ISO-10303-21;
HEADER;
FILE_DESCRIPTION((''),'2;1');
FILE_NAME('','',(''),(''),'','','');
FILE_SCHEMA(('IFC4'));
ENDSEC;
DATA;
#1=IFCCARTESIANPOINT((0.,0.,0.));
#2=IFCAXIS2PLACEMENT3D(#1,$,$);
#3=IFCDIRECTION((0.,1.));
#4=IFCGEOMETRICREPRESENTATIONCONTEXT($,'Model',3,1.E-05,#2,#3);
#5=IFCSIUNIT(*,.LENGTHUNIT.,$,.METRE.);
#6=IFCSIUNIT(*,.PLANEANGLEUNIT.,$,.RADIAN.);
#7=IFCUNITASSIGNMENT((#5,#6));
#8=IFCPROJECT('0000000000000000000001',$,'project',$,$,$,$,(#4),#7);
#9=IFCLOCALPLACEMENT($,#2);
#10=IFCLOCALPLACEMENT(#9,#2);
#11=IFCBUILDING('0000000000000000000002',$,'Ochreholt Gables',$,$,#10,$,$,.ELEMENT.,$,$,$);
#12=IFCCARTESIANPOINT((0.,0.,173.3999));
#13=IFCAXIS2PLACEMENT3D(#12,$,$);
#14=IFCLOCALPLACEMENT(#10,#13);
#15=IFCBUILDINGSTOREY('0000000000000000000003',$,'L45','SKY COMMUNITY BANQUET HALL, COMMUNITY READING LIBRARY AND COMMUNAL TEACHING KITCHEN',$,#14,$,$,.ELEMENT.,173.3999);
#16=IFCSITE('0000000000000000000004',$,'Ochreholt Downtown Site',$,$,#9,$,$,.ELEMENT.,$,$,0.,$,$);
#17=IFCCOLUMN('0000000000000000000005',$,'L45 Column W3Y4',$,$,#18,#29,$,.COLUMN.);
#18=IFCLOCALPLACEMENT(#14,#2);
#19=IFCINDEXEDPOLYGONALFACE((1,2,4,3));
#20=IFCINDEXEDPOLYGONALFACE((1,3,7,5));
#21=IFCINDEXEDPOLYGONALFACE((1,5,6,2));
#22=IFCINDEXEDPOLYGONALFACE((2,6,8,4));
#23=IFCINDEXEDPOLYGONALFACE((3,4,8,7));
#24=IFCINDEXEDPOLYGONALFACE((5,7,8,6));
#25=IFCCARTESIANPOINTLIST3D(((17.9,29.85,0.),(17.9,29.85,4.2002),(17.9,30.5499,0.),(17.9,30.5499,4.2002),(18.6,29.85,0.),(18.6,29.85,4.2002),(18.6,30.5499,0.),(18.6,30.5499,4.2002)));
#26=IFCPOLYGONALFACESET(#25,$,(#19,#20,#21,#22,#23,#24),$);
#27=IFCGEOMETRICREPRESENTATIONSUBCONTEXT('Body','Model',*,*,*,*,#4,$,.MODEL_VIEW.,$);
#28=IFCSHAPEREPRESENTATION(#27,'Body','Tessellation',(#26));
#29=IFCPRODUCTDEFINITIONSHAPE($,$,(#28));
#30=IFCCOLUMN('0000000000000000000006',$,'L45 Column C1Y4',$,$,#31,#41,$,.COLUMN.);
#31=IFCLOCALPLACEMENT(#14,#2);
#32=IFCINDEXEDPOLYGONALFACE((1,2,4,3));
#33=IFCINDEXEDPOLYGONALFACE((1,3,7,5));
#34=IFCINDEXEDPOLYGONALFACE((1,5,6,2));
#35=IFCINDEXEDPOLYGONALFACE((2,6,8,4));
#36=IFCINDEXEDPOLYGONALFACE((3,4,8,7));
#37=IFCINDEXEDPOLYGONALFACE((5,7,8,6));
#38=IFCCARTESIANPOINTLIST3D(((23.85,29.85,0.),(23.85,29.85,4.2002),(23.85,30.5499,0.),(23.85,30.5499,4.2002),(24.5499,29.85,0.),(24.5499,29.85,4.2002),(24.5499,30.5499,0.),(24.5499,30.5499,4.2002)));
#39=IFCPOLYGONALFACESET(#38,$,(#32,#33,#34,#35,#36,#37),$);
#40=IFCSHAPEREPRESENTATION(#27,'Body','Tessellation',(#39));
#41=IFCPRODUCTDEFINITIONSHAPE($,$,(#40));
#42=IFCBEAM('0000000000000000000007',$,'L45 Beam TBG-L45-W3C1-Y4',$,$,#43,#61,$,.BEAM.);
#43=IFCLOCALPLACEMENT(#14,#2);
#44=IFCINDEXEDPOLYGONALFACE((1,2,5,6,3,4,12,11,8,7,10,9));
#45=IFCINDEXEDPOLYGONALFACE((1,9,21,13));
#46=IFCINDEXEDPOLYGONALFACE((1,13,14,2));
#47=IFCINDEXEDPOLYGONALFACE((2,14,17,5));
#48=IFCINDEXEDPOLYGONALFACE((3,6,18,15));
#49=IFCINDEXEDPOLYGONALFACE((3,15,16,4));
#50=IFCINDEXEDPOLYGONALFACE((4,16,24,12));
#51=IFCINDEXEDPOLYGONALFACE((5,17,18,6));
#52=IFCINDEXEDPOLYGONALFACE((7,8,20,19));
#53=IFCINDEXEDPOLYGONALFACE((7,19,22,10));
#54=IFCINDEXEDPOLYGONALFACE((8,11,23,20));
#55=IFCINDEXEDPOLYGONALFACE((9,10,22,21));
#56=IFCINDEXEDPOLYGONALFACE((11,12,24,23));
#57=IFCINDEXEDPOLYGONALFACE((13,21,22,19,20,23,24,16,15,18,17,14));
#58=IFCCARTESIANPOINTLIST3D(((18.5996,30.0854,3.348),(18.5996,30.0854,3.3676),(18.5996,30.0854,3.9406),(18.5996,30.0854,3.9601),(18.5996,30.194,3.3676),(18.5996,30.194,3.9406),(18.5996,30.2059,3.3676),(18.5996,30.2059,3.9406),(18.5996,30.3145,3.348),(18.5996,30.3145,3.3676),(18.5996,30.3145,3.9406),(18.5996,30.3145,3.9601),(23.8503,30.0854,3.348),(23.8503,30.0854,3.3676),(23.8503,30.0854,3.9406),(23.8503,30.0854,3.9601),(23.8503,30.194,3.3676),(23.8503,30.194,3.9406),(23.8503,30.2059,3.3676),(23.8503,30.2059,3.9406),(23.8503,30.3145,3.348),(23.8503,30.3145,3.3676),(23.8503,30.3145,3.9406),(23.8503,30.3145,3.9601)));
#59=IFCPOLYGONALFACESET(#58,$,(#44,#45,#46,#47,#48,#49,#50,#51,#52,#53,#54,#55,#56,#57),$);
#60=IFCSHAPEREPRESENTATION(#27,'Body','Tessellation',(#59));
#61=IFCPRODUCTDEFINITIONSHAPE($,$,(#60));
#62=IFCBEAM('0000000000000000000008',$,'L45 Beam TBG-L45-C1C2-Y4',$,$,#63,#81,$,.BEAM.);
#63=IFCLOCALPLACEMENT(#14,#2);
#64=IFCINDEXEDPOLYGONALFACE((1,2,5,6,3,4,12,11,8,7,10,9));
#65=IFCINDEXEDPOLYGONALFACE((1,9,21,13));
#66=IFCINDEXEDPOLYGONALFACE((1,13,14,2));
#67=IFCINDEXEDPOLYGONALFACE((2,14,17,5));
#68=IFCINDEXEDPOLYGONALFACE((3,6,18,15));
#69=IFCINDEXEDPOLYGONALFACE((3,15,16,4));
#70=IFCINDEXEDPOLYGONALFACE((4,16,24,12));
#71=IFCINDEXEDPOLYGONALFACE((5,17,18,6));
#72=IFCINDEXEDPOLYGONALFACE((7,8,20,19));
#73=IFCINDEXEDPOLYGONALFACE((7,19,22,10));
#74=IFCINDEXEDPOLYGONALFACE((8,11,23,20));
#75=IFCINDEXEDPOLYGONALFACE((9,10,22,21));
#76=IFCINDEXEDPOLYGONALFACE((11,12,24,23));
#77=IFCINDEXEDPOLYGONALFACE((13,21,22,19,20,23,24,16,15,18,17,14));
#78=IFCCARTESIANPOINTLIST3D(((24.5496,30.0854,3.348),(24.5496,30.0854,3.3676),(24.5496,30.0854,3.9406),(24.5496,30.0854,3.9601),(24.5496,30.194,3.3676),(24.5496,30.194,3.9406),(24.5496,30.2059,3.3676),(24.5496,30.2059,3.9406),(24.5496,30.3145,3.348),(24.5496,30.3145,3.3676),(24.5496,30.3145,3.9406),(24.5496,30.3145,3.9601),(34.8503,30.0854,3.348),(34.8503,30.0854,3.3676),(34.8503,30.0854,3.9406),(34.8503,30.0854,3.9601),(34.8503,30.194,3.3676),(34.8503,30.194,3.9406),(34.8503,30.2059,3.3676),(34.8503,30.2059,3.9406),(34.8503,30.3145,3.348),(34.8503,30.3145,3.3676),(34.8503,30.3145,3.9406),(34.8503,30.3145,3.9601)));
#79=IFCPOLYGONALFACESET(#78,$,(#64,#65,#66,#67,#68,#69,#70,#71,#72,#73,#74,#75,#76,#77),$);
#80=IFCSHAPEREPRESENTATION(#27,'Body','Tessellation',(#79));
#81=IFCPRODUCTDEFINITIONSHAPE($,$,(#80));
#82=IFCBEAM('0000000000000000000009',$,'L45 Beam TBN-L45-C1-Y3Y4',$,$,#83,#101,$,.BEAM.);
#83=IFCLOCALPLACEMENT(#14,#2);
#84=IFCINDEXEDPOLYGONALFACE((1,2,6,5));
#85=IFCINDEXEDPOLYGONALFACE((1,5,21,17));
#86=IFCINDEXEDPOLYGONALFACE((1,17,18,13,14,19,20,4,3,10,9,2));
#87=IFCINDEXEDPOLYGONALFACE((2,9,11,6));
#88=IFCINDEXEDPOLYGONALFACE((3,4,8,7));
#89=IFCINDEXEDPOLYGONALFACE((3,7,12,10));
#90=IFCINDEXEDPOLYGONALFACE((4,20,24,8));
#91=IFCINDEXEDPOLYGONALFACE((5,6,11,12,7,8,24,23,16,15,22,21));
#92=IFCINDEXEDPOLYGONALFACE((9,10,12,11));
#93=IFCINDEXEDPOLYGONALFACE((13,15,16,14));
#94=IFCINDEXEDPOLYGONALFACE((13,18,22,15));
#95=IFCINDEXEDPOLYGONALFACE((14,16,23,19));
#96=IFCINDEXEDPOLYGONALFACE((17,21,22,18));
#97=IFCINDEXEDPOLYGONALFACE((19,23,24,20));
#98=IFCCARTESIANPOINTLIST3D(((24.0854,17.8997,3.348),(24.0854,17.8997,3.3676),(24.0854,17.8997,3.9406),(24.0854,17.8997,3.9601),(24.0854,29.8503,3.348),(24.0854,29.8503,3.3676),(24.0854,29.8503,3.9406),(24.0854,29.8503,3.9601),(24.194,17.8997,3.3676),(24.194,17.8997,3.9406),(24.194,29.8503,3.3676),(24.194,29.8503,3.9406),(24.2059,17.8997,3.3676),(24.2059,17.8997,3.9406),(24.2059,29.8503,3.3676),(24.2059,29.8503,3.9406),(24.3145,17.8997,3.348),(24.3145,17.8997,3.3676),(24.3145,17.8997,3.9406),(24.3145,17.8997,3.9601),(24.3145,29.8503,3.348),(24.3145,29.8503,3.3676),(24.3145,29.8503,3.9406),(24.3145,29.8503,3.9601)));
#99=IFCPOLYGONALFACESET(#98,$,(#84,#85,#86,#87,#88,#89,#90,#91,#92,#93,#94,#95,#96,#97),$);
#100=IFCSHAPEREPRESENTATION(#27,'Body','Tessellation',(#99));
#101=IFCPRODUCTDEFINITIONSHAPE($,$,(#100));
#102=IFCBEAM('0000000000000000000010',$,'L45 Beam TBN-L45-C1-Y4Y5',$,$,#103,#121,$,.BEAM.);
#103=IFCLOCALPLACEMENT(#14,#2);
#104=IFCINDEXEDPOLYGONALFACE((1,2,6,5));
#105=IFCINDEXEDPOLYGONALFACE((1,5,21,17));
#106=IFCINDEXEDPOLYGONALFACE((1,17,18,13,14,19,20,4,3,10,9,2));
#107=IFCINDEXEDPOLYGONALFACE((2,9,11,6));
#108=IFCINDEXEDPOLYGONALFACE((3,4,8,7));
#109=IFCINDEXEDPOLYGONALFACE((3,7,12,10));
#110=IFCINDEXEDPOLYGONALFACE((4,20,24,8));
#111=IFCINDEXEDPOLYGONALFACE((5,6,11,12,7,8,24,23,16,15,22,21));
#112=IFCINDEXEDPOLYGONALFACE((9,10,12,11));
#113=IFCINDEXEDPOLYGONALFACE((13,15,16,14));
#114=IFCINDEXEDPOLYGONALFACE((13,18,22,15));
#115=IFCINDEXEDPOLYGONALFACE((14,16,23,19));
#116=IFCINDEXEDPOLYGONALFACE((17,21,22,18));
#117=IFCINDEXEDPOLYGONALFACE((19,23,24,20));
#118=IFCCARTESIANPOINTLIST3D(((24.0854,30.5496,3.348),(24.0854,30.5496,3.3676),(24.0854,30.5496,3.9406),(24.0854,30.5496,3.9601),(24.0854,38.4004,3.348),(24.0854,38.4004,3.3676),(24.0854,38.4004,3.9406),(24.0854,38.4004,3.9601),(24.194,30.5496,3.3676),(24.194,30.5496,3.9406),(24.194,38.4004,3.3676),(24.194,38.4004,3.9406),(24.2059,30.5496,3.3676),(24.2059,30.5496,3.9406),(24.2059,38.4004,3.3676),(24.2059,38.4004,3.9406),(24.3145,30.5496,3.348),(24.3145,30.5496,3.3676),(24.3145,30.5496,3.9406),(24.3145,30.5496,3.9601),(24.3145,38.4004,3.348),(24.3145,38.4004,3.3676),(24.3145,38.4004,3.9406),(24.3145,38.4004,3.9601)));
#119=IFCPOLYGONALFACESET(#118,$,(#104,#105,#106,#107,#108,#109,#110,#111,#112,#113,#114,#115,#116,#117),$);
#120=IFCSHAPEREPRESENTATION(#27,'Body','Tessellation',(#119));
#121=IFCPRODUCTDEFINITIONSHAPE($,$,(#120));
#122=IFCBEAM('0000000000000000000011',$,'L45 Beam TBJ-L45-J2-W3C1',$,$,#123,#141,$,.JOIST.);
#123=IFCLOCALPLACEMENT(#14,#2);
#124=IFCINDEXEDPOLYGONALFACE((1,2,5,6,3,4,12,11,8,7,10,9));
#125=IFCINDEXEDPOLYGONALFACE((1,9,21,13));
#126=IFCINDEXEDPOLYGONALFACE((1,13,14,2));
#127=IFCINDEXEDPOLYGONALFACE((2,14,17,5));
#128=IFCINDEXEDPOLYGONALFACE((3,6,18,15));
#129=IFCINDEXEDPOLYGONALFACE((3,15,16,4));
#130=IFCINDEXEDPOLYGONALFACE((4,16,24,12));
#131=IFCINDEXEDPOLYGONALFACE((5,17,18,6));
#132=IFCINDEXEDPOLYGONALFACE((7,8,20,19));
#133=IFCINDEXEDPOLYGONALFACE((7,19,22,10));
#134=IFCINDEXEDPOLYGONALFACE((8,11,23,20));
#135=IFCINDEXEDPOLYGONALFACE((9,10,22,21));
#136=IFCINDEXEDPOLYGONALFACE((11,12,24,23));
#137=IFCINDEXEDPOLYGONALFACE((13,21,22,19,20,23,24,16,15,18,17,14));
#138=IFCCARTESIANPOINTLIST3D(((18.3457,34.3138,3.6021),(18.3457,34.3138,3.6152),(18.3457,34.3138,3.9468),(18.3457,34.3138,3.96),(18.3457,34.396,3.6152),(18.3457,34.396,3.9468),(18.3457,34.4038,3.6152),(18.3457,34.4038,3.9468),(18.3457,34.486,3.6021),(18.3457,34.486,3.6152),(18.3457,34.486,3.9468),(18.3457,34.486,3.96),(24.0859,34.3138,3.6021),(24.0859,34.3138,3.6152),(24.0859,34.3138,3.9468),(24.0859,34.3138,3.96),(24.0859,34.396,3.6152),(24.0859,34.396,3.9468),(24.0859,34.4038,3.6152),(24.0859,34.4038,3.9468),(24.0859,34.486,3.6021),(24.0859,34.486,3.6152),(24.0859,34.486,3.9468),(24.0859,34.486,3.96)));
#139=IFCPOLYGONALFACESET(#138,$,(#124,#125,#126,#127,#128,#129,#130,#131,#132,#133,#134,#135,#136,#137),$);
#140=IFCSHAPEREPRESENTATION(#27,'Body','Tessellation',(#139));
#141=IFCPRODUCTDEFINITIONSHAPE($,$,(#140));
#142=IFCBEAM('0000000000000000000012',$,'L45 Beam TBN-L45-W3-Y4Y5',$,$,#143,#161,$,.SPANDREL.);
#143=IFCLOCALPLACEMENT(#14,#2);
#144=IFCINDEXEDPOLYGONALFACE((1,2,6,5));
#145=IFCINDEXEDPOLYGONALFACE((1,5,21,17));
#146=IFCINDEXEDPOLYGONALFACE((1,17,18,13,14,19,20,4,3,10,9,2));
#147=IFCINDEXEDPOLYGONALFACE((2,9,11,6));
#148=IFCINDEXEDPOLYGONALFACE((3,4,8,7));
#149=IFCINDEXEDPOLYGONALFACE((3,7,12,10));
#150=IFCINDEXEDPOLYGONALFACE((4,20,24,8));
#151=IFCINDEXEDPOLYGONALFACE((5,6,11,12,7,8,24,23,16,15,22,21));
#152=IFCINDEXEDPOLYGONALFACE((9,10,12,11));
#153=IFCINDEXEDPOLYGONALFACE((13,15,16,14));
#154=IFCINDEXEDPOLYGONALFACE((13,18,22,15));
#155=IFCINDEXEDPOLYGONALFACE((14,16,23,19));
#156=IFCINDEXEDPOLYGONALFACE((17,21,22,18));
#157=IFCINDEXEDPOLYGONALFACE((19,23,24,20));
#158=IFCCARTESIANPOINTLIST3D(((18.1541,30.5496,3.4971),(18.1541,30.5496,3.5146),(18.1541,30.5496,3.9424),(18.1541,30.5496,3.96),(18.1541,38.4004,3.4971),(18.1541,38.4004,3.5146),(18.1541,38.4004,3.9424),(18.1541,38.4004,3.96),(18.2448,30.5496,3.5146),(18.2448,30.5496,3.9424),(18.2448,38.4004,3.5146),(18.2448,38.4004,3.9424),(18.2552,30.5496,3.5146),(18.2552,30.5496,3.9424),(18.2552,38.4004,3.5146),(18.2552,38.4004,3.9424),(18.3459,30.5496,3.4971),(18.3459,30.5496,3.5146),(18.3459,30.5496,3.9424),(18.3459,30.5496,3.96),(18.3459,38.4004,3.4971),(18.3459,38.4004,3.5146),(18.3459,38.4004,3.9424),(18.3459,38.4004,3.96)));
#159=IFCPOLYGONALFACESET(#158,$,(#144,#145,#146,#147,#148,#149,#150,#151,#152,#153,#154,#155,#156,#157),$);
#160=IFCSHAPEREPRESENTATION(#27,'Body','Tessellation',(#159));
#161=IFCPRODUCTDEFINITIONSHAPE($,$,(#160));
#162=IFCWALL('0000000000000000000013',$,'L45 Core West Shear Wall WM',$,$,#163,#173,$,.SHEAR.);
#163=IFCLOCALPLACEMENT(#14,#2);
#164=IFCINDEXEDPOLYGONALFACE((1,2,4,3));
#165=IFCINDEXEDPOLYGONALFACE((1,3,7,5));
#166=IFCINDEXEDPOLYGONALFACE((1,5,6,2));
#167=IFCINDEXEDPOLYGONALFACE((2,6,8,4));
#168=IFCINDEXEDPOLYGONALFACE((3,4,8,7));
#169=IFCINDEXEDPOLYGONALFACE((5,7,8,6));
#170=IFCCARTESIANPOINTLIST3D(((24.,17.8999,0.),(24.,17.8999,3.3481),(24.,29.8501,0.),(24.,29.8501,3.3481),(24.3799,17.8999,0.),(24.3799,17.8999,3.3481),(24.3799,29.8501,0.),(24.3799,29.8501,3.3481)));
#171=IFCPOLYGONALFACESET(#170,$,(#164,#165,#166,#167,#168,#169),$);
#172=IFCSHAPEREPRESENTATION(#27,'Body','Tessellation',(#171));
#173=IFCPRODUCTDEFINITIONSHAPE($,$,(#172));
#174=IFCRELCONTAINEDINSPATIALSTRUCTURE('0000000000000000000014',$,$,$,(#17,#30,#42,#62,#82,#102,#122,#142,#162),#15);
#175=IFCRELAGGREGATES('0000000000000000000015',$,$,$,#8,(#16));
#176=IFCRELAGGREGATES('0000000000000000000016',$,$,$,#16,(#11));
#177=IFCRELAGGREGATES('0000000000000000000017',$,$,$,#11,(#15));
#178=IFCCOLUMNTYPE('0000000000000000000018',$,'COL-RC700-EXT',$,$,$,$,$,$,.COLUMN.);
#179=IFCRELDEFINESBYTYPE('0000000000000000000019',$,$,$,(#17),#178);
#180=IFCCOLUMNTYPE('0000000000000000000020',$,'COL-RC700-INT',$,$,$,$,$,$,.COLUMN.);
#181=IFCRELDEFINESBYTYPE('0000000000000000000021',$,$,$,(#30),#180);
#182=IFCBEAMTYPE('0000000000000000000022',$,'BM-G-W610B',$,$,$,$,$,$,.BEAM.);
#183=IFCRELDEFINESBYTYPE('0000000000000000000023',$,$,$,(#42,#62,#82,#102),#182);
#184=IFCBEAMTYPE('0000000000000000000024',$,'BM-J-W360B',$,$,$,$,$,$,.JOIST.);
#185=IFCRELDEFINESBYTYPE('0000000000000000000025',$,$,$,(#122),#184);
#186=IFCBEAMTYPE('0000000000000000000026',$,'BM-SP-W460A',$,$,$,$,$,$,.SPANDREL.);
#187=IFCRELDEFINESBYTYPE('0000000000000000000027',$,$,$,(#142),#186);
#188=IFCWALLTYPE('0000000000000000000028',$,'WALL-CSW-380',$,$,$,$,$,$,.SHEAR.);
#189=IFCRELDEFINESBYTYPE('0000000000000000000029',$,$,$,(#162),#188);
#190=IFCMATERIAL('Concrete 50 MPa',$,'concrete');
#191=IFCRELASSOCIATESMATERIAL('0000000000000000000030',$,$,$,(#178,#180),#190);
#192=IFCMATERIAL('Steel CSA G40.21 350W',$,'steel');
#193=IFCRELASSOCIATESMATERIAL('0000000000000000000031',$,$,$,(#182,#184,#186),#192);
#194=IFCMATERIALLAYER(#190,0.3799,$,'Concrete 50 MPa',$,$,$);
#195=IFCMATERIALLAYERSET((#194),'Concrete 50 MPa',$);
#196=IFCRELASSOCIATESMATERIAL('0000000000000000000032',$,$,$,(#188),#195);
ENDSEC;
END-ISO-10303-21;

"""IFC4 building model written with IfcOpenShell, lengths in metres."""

from ifc_helpers import new_model, si_unit, direction, frame, frame_2d, origin, origin_2d, place, context, subcontext, project, spatial, rectangle, i_section, extrude, material, layer, layer_set, material_profile, profile_set, type_object, element, save


model = new_model("IFC4")

# Units and contexts
model_context = context("Model", 3, precision=1e-05, world=origin(), true_north=direction((0.0, 1.0)))
body_context = subcontext(model_context, "Body", "Model", "MODEL_VIEW")
ifc_project = project(units=[si_unit("LENGTHUNIT", "METRE"), si_unit("PLANEANGLEUNIT", "RADIAN")], contexts=[model_context])

# Site, building, storey
site_placement = place(None, origin())
site = spatial("IfcSite", under=ifc_project, at=site_placement, Name="Ochreholt Downtown Site", CompositionType="ELEMENT", RefElevation=0.0)
building_placement = place(site_placement, origin())
building = spatial("IfcBuilding", under=site, at=building_placement, Name="Ochreholt Gables", CompositionType="ELEMENT")
storey_placement = place(building_placement, frame((0.0, 0.0, 173.3999)))
storey = spatial("IfcBuildingStorey", under=building, at=storey_placement, Name="L45", Description="SKY COMMUNITY BANQUET HALL, COMMUNITY READING LIBRARY AND COMMUNAL TEACHING KITCHEN", CompositionType="ELEMENT", Elevation=173.3999)

# Columns
ifc_material_1 = material(Name="Concrete 50 MPa", Category="concrete")
ifc_material_profile_1 = material_profile(ifc_material_1, rectangle(XDim=0.7, YDim=0.7, at=origin_2d()), Name="RC700X700")
ifc_profile_set_1 = profile_set([ifc_material_profile_1], Name="Concrete 50 MPa")
column_type_1 = type_object("IfcColumnType", Name="COL-RC700-EXT", PredefinedType="COLUMN", material=ifc_profile_set_1)
column_1_placement = place(storey_placement, frame((18.25, 30.2, 0.0), z_axis=(0.0, 0.0, 1.0), x_axis=(1.0, 0.0, 0.0)))
element("IfcColumn", 1, at=column_1_placement, inside=storey, type_object=column_type_1, Name="L45 Column W3Y4", PredefinedType="COLUMN", context=body_context, shape_type="SweptSolid", body=[
    extrude(rectangle(XDim=0.7, YDim=0.7, at=origin_2d()), origin(), (0.0, 0.0, 1.0), 4.2002),
])
ifc_material_profile_2 = material_profile(ifc_material_1, rectangle(XDim=0.7, YDim=0.7, at=origin_2d()), Name="RC700X700")
ifc_profile_set_2 = profile_set([ifc_material_profile_2], Name="Concrete 50 MPa")
column_type_2 = type_object("IfcColumnType", Name="COL-RC700-INT", PredefinedType="COLUMN", material=ifc_profile_set_2)
column_2_placement = place(storey_placement, frame((24.2, 30.2, 0.0), z_axis=(0.0, 0.0, 1.0), x_axis=(1.0, 0.0, 0.0)))
element("IfcColumn", 2, at=column_2_placement, inside=storey, type_object=column_type_2, Name="L45 Column C1Y4", PredefinedType="COLUMN", context=body_context, shape_type="SweptSolid", body=[
    extrude(rectangle(XDim=0.7, YDim=0.7, at=origin_2d()), origin(), (0.0, 0.0, 1.0), 4.2002),
])

# Beams
ifc_material_2 = material(Name="Steel CSA G40.21 350W", Category="steel")
ifc_material_profile_3 = material_profile(ifc_material_2, i_section(OverallWidth=0.229, OverallDepth=0.6121, WebThickness=0.012, FlangeThickness=0.0195, at=origin_2d()), Name="W610X125")
ifc_profile_set_3 = profile_set([ifc_material_profile_3], Name="Steel CSA G40.21 350W")
beam_type_1 = type_object("IfcBeamType", Name="BM-G-W610B", PredefinedType="BEAM", material=ifc_profile_set_3)
beam_1_placement = place(storey_placement, frame((18.5996, 30.2, 3.6541), z_axis=(1.0, 0.0, 0.0), x_axis=(0.0, 1.0, 0.0)))
element("IfcBeam", 3, at=beam_1_placement, inside=storey, type_object=beam_type_1, Name="L45 Beam TBG-L45-W3C1-Y4", PredefinedType="BEAM", context=body_context, shape_type="SweptSolid", body=[
    extrude(i_section(OverallWidth=0.229, OverallDepth=0.6121, WebThickness=0.012, FlangeThickness=0.0195, at=origin_2d()), origin(), (0.0, 0.0, 1.0), 5.2507),
])
beam_2_placement = place(storey_placement, frame((24.5496, 30.2, 3.6541), z_axis=(1.0, 0.0, 0.0), x_axis=(0.0, 1.0, 0.0)))
element("IfcBeam", 4, at=beam_2_placement, inside=storey, type_object=beam_type_1, Name="L45 Beam TBG-L45-C1C2-Y4", PredefinedType="BEAM", context=body_context, shape_type="SweptSolid", body=[
    extrude(i_section(OverallWidth=0.229, OverallDepth=0.6121, WebThickness=0.012, FlangeThickness=0.0195, at=origin_2d()), origin(), (0.0, 0.0, 1.0), 10.3008),
])
beam_3_placement = place(storey_placement, frame((24.2, 17.8997, 3.6541), z_axis=(0.0, 1.0, 0.0), x_axis=(-1.0, 0.0, 0.0)))
element("IfcBeam", 5, at=beam_3_placement, inside=storey, type_object=beam_type_1, Name="L45 Beam TBN-L45-C1-Y3Y4", PredefinedType="BEAM", context=body_context, shape_type="SweptSolid", body=[
    extrude(i_section(OverallWidth=0.229, OverallDepth=0.6121, WebThickness=0.012, FlangeThickness=0.0195, at=origin_2d()), origin(), (0.0, 0.0, 1.0), 11.9507),
])
beam_4_placement = place(storey_placement, frame((24.2, 30.5496, 3.6541), z_axis=(0.0, 1.0, 0.0), x_axis=(-1.0, 0.0, 0.0)))
element("IfcBeam", 6, at=beam_4_placement, inside=storey, type_object=beam_type_1, Name="L45 Beam TBN-L45-C1-Y4Y5", PredefinedType="BEAM", context=body_context, shape_type="SweptSolid", body=[
    extrude(i_section(OverallWidth=0.229, OverallDepth=0.6121, WebThickness=0.012, FlangeThickness=0.0195, at=origin_2d()), origin(), (0.0, 0.0, 1.0), 7.8508),
])
ifc_material_profile_4 = material_profile(ifc_material_2, i_section(OverallWidth=0.1721, OverallDepth=0.3579, WebThickness=0.0078, FlangeThickness=0.0132, at=origin_2d()), Name="W360X57")
ifc_profile_set_4 = profile_set([ifc_material_profile_4], Name="Steel CSA G40.21 350W")
beam_type_2 = type_object("IfcBeamType", Name="BM-J-W360B", PredefinedType="JOIST", material=ifc_profile_set_4)
beam_5_placement = place(storey_placement, frame((18.3457, 34.3999, 3.781), z_axis=(1.0, 0.0, 0.0), x_axis=(0.0, 1.0, 0.0)))
element("IfcBeam", 7, at=beam_5_placement, inside=storey, type_object=beam_type_2, Name="L45 Beam TBJ-L45-J2-W3C1", PredefinedType="JOIST", context=body_context, shape_type="SweptSolid", body=[
    extrude(i_section(OverallWidth=0.1721, OverallDepth=0.3579, WebThickness=0.0078, FlangeThickness=0.0132, at=origin_2d()), origin(), (0.0, 0.0, 1.0), 5.7402),
])
ifc_material_profile_5 = material_profile(ifc_material_2, i_section(OverallWidth=0.1919, OverallDepth=0.4629, WebThickness=0.0105, FlangeThickness=0.0176, at=origin_2d()), Name="W460X89")
ifc_profile_set_5 = profile_set([ifc_material_profile_5], Name="Steel CSA G40.21 350W")
beam_type_3 = type_object("IfcBeamType", Name="BM-SP-W460A", PredefinedType="SPANDREL", material=ifc_profile_set_5)
beam_6_placement = place(storey_placement, frame((18.25, 30.5496, 3.7285), z_axis=(0.0, 1.0, 0.0), x_axis=(-1.0, 0.0, 0.0)))
element("IfcBeam", 8, at=beam_6_placement, inside=storey, type_object=beam_type_3, Name="L45 Beam TBN-L45-W3-Y4Y5", PredefinedType="SPANDREL", context=body_context, shape_type="SweptSolid", body=[
    extrude(i_section(OverallWidth=0.1919, OverallDepth=0.4629, WebThickness=0.0105, FlangeThickness=0.0176, at=origin_2d()), origin(), (0.0, 0.0, 1.0), 7.8508),
])

# Wall
ifc_layer_1 = layer(ifc_material_1, 0.3799, Name="Concrete 50 MPa")
ifc_layer_set_1 = layer_set([ifc_layer_1], Name="Concrete 50 MPa")
wall_type_1 = type_object("IfcWallType", Name="WALL-CSW-380", PredefinedType="SHEAR", material=ifc_layer_set_1)
wall_1_placement = place(storey_placement, frame((24.1899, 17.8999, 0.0), z_axis=(0.0, 0.0, 1.0), x_axis=(0.0, 1.0, 0.0)))
element("IfcWall", 9, at=wall_1_placement, inside=storey, type_object=wall_type_1, Name="L45 Core West Shear Wall WM", PredefinedType="SHEAR", context=body_context, shape_type="SweptSolid", body=[
    extrude(rectangle(XDim=11.9502, YDim=0.3799, at=frame_2d((5.9751, 0.0))), origin(), (0.0, 0.0, 1.0), 3.3481),
])

save(model, "model.ifc")
